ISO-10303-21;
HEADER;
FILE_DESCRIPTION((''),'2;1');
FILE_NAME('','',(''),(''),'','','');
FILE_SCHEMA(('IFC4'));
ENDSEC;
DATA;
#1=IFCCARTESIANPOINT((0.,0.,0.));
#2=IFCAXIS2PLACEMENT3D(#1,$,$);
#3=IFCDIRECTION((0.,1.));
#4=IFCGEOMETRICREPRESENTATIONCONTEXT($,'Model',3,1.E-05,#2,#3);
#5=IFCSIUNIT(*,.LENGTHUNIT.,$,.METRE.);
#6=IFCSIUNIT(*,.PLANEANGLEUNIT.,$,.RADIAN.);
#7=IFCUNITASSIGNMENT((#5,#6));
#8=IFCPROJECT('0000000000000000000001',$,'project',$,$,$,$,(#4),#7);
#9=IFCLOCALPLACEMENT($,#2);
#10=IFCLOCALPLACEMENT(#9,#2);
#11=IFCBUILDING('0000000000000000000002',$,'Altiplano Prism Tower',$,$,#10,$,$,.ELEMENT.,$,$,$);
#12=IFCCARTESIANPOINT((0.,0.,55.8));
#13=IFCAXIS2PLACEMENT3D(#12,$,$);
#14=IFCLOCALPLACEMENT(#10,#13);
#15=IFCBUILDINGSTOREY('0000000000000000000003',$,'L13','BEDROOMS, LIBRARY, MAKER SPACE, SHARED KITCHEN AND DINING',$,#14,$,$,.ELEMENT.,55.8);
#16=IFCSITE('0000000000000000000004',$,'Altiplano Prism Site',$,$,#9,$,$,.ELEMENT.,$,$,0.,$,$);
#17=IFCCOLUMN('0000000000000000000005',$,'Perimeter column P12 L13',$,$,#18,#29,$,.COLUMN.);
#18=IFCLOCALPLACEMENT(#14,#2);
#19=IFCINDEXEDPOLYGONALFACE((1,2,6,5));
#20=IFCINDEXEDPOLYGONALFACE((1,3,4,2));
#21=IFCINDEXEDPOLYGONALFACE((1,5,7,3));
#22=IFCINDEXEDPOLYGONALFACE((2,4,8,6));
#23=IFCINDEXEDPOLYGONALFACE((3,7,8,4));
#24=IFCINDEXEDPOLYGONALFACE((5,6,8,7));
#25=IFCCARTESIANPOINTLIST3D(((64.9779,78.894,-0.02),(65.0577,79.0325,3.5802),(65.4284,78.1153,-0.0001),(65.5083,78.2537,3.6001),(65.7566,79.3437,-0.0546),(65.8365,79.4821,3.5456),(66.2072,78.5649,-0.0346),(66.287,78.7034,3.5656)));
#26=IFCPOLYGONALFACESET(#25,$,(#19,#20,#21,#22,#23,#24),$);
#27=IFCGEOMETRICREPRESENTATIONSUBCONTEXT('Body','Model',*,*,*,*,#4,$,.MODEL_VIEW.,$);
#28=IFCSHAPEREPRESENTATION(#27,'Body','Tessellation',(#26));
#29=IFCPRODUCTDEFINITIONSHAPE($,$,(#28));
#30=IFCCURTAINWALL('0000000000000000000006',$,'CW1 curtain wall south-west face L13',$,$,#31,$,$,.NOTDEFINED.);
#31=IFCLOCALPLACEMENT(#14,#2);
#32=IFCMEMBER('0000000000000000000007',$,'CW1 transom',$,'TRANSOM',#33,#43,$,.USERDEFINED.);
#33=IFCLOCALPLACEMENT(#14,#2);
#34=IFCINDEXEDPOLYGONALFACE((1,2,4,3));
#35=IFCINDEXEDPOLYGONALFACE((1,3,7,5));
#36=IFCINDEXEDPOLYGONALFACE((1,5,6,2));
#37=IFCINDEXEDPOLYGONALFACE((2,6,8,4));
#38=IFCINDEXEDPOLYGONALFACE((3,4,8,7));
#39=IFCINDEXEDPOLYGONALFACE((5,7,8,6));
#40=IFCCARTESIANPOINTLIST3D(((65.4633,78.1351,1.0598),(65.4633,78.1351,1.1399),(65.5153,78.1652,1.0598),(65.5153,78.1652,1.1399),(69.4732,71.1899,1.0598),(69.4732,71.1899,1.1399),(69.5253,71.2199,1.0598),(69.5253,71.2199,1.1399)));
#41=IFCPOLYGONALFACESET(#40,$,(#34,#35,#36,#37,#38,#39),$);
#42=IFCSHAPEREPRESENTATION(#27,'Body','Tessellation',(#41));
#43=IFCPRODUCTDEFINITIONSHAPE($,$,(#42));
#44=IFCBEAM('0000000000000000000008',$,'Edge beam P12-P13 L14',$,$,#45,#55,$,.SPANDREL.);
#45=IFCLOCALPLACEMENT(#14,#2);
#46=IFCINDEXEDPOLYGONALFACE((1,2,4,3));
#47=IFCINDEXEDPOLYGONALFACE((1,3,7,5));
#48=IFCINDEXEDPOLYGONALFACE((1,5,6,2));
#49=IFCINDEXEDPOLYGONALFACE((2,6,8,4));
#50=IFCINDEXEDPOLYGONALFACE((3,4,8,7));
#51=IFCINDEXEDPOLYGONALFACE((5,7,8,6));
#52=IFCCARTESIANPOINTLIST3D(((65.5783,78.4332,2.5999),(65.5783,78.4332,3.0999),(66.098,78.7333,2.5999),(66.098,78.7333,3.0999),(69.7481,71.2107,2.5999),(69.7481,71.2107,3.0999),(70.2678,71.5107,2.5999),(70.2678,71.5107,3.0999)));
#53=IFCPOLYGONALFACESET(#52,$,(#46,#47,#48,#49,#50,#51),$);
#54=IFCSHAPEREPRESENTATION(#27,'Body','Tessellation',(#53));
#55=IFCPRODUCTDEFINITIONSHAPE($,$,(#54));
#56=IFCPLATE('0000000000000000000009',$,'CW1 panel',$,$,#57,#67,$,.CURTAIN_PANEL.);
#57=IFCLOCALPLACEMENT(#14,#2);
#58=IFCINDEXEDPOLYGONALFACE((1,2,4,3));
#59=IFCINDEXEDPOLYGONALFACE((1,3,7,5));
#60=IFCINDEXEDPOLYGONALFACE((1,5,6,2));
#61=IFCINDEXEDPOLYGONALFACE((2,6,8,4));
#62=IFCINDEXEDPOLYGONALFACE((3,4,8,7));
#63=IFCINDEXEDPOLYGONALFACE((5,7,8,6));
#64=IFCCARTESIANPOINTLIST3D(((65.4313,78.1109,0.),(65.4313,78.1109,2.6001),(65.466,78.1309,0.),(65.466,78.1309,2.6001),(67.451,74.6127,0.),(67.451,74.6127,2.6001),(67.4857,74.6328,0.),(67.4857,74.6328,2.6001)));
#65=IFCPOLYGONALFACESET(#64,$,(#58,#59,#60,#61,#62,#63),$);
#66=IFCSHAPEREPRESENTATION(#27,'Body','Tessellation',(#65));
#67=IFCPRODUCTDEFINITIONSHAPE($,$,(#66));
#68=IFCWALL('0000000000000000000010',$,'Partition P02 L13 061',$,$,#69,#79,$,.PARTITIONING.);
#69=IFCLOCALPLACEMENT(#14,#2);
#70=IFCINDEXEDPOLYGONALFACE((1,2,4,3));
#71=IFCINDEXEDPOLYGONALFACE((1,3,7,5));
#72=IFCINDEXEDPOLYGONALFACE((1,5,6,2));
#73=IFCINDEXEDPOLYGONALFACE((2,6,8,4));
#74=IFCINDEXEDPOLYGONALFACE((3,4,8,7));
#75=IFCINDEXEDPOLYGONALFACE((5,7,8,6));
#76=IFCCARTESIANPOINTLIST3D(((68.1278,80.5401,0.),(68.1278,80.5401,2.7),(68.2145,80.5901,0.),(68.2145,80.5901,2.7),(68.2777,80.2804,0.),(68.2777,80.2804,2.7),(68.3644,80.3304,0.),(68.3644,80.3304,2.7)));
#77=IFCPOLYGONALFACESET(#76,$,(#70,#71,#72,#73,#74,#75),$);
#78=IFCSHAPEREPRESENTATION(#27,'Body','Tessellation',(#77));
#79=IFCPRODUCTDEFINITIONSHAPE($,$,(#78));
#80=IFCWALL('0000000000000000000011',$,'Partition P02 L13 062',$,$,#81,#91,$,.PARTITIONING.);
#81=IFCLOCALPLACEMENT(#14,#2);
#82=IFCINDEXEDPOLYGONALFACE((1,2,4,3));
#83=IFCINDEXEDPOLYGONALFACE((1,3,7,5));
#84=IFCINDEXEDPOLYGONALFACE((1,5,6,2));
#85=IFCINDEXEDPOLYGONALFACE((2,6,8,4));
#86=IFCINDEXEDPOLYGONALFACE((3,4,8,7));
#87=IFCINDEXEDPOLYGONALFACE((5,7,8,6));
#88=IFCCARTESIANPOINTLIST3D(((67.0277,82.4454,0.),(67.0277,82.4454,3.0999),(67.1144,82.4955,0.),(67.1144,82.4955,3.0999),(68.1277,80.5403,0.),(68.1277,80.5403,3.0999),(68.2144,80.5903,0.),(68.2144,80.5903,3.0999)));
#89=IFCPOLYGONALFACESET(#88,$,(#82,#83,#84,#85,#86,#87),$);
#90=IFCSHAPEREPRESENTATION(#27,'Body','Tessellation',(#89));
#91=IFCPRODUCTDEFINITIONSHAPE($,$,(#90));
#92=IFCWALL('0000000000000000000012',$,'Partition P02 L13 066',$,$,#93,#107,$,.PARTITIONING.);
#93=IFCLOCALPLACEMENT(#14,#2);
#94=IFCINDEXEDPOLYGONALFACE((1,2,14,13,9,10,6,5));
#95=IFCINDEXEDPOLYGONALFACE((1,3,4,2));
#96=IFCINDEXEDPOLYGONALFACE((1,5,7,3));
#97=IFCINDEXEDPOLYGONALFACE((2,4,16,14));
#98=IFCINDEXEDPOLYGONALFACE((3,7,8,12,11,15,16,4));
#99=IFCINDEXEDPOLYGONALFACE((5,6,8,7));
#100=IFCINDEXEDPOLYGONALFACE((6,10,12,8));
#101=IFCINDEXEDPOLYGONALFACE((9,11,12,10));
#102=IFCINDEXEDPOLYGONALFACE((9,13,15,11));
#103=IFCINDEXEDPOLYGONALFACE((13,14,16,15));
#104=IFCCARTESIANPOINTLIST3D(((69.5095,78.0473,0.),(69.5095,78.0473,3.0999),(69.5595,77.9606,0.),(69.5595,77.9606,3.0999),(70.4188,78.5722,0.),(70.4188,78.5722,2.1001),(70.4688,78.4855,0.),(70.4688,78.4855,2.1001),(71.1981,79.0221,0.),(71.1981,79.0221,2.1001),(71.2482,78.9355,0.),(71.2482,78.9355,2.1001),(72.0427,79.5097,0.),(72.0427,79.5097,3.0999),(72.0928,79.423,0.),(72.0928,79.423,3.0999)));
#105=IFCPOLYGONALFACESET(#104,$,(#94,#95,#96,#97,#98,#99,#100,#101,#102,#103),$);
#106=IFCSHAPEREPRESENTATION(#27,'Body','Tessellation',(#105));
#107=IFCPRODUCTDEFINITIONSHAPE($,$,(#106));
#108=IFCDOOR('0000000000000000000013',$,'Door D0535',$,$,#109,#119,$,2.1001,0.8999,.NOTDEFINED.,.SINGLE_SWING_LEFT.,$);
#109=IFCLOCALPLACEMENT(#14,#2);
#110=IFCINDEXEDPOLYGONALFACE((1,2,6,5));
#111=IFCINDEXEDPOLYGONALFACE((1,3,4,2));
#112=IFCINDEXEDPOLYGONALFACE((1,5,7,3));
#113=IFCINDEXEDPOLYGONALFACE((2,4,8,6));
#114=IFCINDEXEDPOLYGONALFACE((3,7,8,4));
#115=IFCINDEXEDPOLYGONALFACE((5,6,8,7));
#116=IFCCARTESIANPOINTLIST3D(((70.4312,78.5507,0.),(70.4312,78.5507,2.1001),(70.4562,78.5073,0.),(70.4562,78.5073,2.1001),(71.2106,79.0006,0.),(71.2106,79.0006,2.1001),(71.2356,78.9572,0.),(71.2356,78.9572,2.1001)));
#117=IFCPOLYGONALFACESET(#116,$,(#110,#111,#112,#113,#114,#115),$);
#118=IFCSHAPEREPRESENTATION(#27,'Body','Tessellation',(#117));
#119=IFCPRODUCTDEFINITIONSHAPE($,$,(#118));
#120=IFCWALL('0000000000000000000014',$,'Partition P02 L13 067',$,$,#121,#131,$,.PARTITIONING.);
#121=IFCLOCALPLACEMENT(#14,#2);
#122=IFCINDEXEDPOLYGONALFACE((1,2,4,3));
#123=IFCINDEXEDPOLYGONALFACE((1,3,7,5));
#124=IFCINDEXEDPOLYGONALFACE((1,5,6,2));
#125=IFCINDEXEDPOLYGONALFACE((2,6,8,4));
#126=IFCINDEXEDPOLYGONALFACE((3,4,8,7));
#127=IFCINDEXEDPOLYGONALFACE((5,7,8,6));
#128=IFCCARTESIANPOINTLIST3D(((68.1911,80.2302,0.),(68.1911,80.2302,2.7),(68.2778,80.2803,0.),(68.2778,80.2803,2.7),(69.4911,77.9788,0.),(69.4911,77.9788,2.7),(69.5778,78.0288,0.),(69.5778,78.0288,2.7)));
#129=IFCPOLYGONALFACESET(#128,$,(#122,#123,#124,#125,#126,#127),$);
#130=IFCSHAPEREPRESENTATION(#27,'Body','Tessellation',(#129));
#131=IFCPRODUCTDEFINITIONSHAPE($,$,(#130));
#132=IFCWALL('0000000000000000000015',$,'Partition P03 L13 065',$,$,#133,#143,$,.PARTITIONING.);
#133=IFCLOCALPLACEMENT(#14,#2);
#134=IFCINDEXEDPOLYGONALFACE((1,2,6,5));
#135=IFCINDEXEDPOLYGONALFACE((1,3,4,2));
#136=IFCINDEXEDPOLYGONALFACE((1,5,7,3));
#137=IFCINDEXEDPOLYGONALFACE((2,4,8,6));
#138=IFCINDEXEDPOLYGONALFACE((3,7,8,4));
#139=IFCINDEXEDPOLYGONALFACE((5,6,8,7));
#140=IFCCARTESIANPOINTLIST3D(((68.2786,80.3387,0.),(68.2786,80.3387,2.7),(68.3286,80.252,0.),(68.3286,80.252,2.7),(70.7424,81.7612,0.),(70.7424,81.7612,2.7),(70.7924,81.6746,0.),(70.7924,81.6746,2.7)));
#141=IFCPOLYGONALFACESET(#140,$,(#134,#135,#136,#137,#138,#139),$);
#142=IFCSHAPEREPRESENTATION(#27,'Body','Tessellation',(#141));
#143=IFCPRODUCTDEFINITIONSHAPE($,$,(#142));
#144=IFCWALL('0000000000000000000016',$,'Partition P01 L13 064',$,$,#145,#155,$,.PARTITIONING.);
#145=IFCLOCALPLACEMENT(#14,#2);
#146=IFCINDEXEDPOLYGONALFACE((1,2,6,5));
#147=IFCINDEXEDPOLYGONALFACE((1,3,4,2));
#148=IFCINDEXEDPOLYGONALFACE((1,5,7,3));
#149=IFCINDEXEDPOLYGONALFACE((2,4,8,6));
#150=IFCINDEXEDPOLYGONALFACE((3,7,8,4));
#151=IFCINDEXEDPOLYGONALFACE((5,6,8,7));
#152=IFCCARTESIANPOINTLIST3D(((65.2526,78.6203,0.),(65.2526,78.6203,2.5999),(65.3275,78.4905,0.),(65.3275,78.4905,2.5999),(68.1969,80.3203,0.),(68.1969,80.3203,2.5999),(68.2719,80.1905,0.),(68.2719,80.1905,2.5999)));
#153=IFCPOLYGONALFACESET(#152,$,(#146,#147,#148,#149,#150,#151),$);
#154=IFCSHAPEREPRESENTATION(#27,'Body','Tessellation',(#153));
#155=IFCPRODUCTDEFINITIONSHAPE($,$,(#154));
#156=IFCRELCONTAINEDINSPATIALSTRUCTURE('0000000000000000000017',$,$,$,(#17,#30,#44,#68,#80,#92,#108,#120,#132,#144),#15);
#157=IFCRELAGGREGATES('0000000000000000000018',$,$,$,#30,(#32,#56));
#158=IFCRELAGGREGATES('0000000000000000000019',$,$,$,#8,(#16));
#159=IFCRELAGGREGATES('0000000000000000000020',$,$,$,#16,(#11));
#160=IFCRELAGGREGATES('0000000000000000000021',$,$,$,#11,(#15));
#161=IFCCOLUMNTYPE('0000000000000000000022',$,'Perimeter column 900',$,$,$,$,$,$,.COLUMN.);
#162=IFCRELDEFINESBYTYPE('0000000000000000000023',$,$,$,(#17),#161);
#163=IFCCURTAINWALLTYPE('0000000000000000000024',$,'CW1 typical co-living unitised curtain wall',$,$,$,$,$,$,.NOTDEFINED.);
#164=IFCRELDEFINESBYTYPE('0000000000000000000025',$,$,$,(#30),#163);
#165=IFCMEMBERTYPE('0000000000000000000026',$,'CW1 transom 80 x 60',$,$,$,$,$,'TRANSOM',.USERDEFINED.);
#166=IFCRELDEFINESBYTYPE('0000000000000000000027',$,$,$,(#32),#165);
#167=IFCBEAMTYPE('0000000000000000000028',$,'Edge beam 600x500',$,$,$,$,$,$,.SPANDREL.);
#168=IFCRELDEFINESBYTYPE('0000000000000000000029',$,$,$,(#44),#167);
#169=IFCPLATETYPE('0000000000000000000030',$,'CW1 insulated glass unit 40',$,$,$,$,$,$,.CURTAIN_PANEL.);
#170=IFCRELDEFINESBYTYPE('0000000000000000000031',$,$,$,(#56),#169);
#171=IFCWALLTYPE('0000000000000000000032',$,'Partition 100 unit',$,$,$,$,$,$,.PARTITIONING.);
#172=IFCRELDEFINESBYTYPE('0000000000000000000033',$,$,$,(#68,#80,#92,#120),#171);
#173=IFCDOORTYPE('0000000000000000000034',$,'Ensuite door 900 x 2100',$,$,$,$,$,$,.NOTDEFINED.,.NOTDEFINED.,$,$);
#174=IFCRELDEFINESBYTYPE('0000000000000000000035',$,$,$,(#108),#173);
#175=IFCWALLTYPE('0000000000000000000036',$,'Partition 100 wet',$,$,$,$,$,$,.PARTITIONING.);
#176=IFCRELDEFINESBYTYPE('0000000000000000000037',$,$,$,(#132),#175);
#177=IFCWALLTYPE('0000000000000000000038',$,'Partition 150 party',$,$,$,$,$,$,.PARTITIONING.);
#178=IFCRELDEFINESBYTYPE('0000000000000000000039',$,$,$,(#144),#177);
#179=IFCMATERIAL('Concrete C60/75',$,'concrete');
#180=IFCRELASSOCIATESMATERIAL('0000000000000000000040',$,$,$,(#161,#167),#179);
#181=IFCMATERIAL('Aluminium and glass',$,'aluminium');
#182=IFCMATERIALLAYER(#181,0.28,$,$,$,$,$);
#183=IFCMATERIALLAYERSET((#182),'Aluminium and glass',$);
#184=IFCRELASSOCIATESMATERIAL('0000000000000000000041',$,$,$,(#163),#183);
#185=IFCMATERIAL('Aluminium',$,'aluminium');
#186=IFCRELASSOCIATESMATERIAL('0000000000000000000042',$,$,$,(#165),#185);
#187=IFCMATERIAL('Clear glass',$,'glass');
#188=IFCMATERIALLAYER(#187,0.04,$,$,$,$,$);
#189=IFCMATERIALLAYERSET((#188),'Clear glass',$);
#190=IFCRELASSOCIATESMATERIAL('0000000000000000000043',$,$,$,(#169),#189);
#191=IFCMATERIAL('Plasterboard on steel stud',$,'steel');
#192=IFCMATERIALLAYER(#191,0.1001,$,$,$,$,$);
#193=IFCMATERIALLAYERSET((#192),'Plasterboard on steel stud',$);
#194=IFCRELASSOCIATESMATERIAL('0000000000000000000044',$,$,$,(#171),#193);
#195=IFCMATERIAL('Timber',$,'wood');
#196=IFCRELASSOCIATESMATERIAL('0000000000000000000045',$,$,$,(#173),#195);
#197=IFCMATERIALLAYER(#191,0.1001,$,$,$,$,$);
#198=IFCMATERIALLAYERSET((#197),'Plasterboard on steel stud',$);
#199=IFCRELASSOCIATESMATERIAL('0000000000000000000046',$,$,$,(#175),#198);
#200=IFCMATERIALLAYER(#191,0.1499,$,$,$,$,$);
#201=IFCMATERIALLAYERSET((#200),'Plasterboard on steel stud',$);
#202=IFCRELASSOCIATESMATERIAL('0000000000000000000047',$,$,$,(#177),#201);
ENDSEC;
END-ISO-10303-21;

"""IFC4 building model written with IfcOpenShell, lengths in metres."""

from ifc_helpers import new_model, si_unit, direction, frame, frame_2d, origin, origin_2d, place, context, subcontext, project, spatial, rectangle, extrude, material, layer, layer_set, material_profile, profile_set, type_object, element, fill, aggregate, save


model = new_model("IFC4")

# Units and contexts
model_context = context("Model", 3, precision=1e-05, world=origin(), true_north=direction((0.0, 1.0)))
body_context = subcontext(model_context, "Body", "Model", "MODEL_VIEW")
ifc_project = project(units=[si_unit("LENGTHUNIT", "METRE"), si_unit("PLANEANGLEUNIT", "RADIAN")], contexts=[model_context])

# Site, building, storey
site_placement = place(None, origin())
site = spatial("IfcSite", under=ifc_project, at=site_placement, Name="Altiplano Prism Site", CompositionType="ELEMENT", RefElevation=0.0)
building_placement = place(site_placement, origin())
building = spatial("IfcBuilding", under=site, at=building_placement, Name="Altiplano Prism Tower", CompositionType="ELEMENT")
storey_placement = place(building_placement, frame((0.0, 0.0, 55.8)))
storey = spatial("IfcBuildingStorey", under=building, at=storey_placement, Name="L13", Description="BEDROOMS, LIBRARY, MAKER SPACE, SHARED KITCHEN AND DINING", CompositionType="ELEMENT", Elevation=55.8)

# Column
ifc_material_1 = material(Name="Concrete C60/75", Category="concrete")
ifc_material_profile_1 = material_profile(ifc_material_1, rectangle(XDim=0.8999, YDim=0.8999, at=origin_2d()), Name="Perimeter column 900")
ifc_profile_set_1 = profile_set([ifc_material_profile_1], Name="Concrete C60/75")
column_type = type_object("IfcColumnType", Name="Perimeter column 900", PredefinedType="COLUMN", material=ifc_profile_set_1)
column_placement = place(storey_placement, frame((65.5925, 78.7295, -0.0273), z_axis=(0.022154, 0.038413, 0.999016), x_axis=(-0.865365, -0.499669, 0.038403)))
element("IfcColumn", 1, at=column_placement, inside=storey, type_object=column_type, Name="Perimeter column P12 L13", PredefinedType="COLUMN", context=body_context, shape_type="SweptSolid", body=[
    extrude(rectangle(XDim=0.8999, YDim=0.8999, at=origin_2d()), origin(), (0.0, 0.0, 1.0), 3.6038),
])

# Curtain wall, member
ifc_material_2 = material(Name="Aluminium and glass", Category="aluminium")
ifc_layer_1 = layer(ifc_material_2, 0.28)
ifc_layer_set_1 = layer_set([ifc_layer_1], Name="Aluminium and glass")
curtain_wall_type = type_object("IfcCurtainWallType", Name="CW1 typical co-living unitised curtain wall", PredefinedType="NOTDEFINED", material=ifc_layer_set_1)
curtain_wall_placement = place(storey_placement, origin())
curtain_wall = element("IfcCurtainWall", 2, at=curtain_wall_placement, inside=storey, type_object=curtain_wall_type, Name="CW1 curtain wall south-west face L13", PredefinedType="NOTDEFINED")
ifc_material_3 = material(Name="Aluminium", Category="aluminium")
ifc_material_profile_2 = material_profile(ifc_material_3, rectangle(XDim=0.0601, YDim=0.0801, at=origin_2d()), Name="CW1 transom 80 x 60")
ifc_profile_set_2 = profile_set([ifc_material_profile_2], Name="Aluminium")
member_type = type_object("IfcMemberType", Name="CW1 transom 80 x 60", ElementType="TRANSOM", PredefinedType="USERDEFINED", material=ifc_profile_set_2)
member_placement = place(storey_placement, frame((65.4893, 78.1501, 1.0999), z_axis=(0.500012, -0.866018, 0.0), x_axis=(0.866018, 0.500012, 0.0)))
member = element("IfcMember", 3, at=member_placement, type_object=member_type, Name="CW1 transom", ObjectType="TRANSOM", PredefinedType="USERDEFINED", context=body_context, shape_type="SweptSolid", body=[
    extrude(rectangle(XDim=0.0601, YDim=0.0801, at=origin_2d()), origin(), (0.0, 0.0, 1.0), 8.0198),
])

# Beam
ifc_material_profile_3 = material_profile(ifc_material_1, rectangle(XDim=0.6001, YDim=0.5, at=origin_2d()), Name="Edge beam 600x500")
ifc_profile_set_3 = profile_set([ifc_material_profile_3], Name="Concrete C60/75")
beam_type = type_object("IfcBeamType", Name="Edge beam 600x500", PredefinedType="SPANDREL", material=ifc_profile_set_3)
beam_placement = place(storey_placement, frame((65.8381, 78.5833, 2.8499), z_axis=(0.499993, -0.86603, 0.0), x_axis=(0.86603, 0.499993, 0.0)))
element("IfcBeam", 4, at=beam_placement, inside=storey, type_object=beam_type, Name="Edge beam P12-P13 L14", PredefinedType="SPANDREL", context=body_context, shape_type="SweptSolid", body=[
    extrude(rectangle(XDim=0.6001, YDim=0.5, at=origin_2d()), origin(), (0.0, 0.0, 1.0), 8.3398),
])

# Plate
ifc_material_4 = material(Name="Clear glass", Category="glass")
ifc_layer_2 = layer(ifc_material_4, 0.04)
ifc_layer_set_2 = layer_set([ifc_layer_2], Name="Clear glass")
plate_type = type_object("IfcPlateType", Name="CW1 insulated glass unit 40", PredefinedType="CURTAIN_PANEL", material=ifc_layer_set_2)
plate_placement = place(storey_placement, frame((66.4585, 76.3718, 0.0), z_axis=(0.0, 0.0, 1.0), x_axis=(0.5, -0.866025, 0.0)))
plate = element("IfcPlate", 5, at=plate_placement, type_object=plate_type, Name="CW1 panel", PredefinedType="CURTAIN_PANEL", context=body_context, shape_type="SweptSolid", body=[
    extrude(rectangle(XDim=4.0393, YDim=0.04, at=origin_2d()), origin(), (0.0, 0.0, 1.0), 2.6001),
])
aggregate(curtain_wall, [member, plate])

# Walls
ifc_material_5 = material(Name="Plasterboard on steel stud", Category="steel")
ifc_layer_3 = layer(ifc_material_5, 0.1001)
ifc_layer_set_3 = layer_set([ifc_layer_3], Name="Plasterboard on steel stud")
wall_type_1 = type_object("IfcWallType", Name="Partition 100 unit", PredefinedType="PARTITIONING", material=ifc_layer_set_3)
wall_1_placement = place(storey_placement, frame((68.321, 80.3054, 0.0), z_axis=(0.0, 0.0, 1.0), x_axis=(-0.499816, 0.866131, 0.0)))
element("IfcWall", 6, at=wall_1_placement, inside=storey, type_object=wall_type_1, Name="Partition P02 L13 061", PredefinedType="PARTITIONING", context=body_context, shape_type="SweptSolid", body=[
    extrude(rectangle(XDim=0.2998, YDim=0.1001, at=frame_2d((0.1499, 0.0))), origin(), (0.0, 0.0, 1.0), 2.7),
])
wall_2_placement = place(storey_placement, frame((68.1711, 80.5652, 0.0), z_axis=(0.0, 0.0, 1.0), x_axis=(-0.50003, 0.866008, 0.0)))
element("IfcWall", 7, at=wall_2_placement, inside=storey, type_object=wall_type_1, Name="Partition P02 L13 062", PredefinedType="PARTITIONING", context=body_context, shape_type="SweptSolid", body=[
    extrude(rectangle(XDim=2.2, YDim=0.1001, at=frame_2d((1.1001, 0.0))), origin(), (0.0, 0.0, 1.0), 3.0999),
])

# Wall, opening, door
wall_3_placement = place(storey_placement, frame((72.0676, 79.4663, 0.0), z_axis=(0.0, 0.0, 1.0), x_axis=(-0.866047, -0.499963, 0.0)))
wall_3 = element("IfcWall", 8, at=wall_3_placement, inside=storey, type_object=wall_type_1, Name="Partition P02 L13 066", PredefinedType="PARTITIONING", context=body_context, shape_type="SweptSolid", body=[
    extrude(rectangle(XDim=2.925, YDim=0.1001, at=frame_2d((1.4624, 0.0))), origin(), (0.0, 0.0, 1.0), 3.0999),
])
opening_placement = place(wall_3_placement, frame((0.9751, 0.0, 0.0)))
opening = element("IfcOpeningElement", 9, at=opening_placement, cuts=wall_3, PredefinedType="OPENING", context=body_context, shape_type="SweptSolid", body=[
    extrude(rectangle(XDim=0.8999, YDim=2.1001, at=frame_2d((0.45, 1.05))), frame((0.0, 0.0605, 0.0), z_axis=(0.0, -1.0, 0.0), x_axis=(1.0, 0.0, 0.0)), (0.0, 0.0, 1.0), 0.1211),
])
ifc_material_6 = material(Name="Timber", Category="wood")
door_type = type_object("IfcDoorType", Name="Ensuite door 900 x 2100", OperationType="NOTDEFINED", PredefinedType="NOTDEFINED", material=ifc_material_6)
door_placement = place(opening_placement, origin())
door = element("IfcDoor", 10, at=door_placement, inside=storey, type_object=door_type, Name="Door D0535", OperationType="SINGLE_SWING_LEFT", OverallHeight=2.1001, OverallWidth=0.8999, PredefinedType="NOTDEFINED", context=body_context, shape_type="SweptSolid", body=[
    extrude(rectangle(XDim=0.8999, YDim=2.1001, at=frame_2d((0.45, 1.05))), frame((0.0, 0.0249, 0.0), z_axis=(0.0, -1.0, 0.0), x_axis=(1.0, 0.0, 0.0)), (0.0, 0.0, 1.0), 0.05),
])
fill(opening, door)

# Walls
wall_4_placement = place(storey_placement, frame((69.5344, 78.0039, 0.0), z_axis=(0.0, 0.0, 1.0), x_axis=(-0.500048, 0.865998, 0.0)))
element("IfcWall", 11, at=wall_4_placement, inside=storey, type_object=wall_type_1, Name="Partition P02 L13 067", PredefinedType="PARTITIONING", context=body_context, shape_type="SweptSolid", body=[
    extrude(rectangle(XDim=2.5999, YDim=0.1001, at=frame_2d((1.2998, 0.0))), origin(), (0.0, 0.0, 1.0), 2.7),
])
ifc_layer_4 = layer(ifc_material_5, 0.1001)
ifc_layer_set_4 = layer_set([ifc_layer_4], Name="Plasterboard on steel stud")
wall_type_2 = type_object("IfcWallType", Name="Partition 100 wet", PredefinedType="PARTITIONING", material=ifc_layer_set_4)
wall_5_placement = place(storey_placement, frame((68.3037, 80.2954, 0.0), z_axis=(0.0, 0.0, 1.0), x_axis=(0.866011, 0.500025, 0.0)))
element("IfcWall", 12, at=wall_5_placement, inside=storey, type_object=wall_type_2, Name="Partition P03 L13 065", PredefinedType="PARTITIONING", context=body_context, shape_type="SweptSolid", body=[
    extrude(rectangle(XDim=2.845, YDim=0.1001, at=frame_2d((1.4224, 0.0))), origin(), (0.0, 0.0, 1.0), 2.7),
])
ifc_layer_5 = layer(ifc_material_5, 0.1499)
ifc_layer_set_5 = layer_set([ifc_layer_5], Name="Plasterboard on steel stud")
wall_type_3 = type_object("IfcWallType", Name="Partition 150 party", PredefinedType="PARTITIONING", material=ifc_layer_set_5)
wall_6_placement = place(storey_placement, frame((65.29, 78.5554, 0.0), z_axis=(0.0, 0.0, 1.0), x_axis=(0.866021, 0.500008, 0.0)))
element("IfcWall", 13, at=wall_6_placement, inside=storey, type_object=wall_type_3, Name="Partition P01 L13 064", PredefinedType="PARTITIONING", context=body_context, shape_type="SweptSolid", body=[
    extrude(rectangle(XDim=3.3999, YDim=0.1499, at=frame_2d((1.7, 0.0))), origin(), (0.0, 0.0, 1.0), 2.5999),
])

save(model, "model.ifc")
